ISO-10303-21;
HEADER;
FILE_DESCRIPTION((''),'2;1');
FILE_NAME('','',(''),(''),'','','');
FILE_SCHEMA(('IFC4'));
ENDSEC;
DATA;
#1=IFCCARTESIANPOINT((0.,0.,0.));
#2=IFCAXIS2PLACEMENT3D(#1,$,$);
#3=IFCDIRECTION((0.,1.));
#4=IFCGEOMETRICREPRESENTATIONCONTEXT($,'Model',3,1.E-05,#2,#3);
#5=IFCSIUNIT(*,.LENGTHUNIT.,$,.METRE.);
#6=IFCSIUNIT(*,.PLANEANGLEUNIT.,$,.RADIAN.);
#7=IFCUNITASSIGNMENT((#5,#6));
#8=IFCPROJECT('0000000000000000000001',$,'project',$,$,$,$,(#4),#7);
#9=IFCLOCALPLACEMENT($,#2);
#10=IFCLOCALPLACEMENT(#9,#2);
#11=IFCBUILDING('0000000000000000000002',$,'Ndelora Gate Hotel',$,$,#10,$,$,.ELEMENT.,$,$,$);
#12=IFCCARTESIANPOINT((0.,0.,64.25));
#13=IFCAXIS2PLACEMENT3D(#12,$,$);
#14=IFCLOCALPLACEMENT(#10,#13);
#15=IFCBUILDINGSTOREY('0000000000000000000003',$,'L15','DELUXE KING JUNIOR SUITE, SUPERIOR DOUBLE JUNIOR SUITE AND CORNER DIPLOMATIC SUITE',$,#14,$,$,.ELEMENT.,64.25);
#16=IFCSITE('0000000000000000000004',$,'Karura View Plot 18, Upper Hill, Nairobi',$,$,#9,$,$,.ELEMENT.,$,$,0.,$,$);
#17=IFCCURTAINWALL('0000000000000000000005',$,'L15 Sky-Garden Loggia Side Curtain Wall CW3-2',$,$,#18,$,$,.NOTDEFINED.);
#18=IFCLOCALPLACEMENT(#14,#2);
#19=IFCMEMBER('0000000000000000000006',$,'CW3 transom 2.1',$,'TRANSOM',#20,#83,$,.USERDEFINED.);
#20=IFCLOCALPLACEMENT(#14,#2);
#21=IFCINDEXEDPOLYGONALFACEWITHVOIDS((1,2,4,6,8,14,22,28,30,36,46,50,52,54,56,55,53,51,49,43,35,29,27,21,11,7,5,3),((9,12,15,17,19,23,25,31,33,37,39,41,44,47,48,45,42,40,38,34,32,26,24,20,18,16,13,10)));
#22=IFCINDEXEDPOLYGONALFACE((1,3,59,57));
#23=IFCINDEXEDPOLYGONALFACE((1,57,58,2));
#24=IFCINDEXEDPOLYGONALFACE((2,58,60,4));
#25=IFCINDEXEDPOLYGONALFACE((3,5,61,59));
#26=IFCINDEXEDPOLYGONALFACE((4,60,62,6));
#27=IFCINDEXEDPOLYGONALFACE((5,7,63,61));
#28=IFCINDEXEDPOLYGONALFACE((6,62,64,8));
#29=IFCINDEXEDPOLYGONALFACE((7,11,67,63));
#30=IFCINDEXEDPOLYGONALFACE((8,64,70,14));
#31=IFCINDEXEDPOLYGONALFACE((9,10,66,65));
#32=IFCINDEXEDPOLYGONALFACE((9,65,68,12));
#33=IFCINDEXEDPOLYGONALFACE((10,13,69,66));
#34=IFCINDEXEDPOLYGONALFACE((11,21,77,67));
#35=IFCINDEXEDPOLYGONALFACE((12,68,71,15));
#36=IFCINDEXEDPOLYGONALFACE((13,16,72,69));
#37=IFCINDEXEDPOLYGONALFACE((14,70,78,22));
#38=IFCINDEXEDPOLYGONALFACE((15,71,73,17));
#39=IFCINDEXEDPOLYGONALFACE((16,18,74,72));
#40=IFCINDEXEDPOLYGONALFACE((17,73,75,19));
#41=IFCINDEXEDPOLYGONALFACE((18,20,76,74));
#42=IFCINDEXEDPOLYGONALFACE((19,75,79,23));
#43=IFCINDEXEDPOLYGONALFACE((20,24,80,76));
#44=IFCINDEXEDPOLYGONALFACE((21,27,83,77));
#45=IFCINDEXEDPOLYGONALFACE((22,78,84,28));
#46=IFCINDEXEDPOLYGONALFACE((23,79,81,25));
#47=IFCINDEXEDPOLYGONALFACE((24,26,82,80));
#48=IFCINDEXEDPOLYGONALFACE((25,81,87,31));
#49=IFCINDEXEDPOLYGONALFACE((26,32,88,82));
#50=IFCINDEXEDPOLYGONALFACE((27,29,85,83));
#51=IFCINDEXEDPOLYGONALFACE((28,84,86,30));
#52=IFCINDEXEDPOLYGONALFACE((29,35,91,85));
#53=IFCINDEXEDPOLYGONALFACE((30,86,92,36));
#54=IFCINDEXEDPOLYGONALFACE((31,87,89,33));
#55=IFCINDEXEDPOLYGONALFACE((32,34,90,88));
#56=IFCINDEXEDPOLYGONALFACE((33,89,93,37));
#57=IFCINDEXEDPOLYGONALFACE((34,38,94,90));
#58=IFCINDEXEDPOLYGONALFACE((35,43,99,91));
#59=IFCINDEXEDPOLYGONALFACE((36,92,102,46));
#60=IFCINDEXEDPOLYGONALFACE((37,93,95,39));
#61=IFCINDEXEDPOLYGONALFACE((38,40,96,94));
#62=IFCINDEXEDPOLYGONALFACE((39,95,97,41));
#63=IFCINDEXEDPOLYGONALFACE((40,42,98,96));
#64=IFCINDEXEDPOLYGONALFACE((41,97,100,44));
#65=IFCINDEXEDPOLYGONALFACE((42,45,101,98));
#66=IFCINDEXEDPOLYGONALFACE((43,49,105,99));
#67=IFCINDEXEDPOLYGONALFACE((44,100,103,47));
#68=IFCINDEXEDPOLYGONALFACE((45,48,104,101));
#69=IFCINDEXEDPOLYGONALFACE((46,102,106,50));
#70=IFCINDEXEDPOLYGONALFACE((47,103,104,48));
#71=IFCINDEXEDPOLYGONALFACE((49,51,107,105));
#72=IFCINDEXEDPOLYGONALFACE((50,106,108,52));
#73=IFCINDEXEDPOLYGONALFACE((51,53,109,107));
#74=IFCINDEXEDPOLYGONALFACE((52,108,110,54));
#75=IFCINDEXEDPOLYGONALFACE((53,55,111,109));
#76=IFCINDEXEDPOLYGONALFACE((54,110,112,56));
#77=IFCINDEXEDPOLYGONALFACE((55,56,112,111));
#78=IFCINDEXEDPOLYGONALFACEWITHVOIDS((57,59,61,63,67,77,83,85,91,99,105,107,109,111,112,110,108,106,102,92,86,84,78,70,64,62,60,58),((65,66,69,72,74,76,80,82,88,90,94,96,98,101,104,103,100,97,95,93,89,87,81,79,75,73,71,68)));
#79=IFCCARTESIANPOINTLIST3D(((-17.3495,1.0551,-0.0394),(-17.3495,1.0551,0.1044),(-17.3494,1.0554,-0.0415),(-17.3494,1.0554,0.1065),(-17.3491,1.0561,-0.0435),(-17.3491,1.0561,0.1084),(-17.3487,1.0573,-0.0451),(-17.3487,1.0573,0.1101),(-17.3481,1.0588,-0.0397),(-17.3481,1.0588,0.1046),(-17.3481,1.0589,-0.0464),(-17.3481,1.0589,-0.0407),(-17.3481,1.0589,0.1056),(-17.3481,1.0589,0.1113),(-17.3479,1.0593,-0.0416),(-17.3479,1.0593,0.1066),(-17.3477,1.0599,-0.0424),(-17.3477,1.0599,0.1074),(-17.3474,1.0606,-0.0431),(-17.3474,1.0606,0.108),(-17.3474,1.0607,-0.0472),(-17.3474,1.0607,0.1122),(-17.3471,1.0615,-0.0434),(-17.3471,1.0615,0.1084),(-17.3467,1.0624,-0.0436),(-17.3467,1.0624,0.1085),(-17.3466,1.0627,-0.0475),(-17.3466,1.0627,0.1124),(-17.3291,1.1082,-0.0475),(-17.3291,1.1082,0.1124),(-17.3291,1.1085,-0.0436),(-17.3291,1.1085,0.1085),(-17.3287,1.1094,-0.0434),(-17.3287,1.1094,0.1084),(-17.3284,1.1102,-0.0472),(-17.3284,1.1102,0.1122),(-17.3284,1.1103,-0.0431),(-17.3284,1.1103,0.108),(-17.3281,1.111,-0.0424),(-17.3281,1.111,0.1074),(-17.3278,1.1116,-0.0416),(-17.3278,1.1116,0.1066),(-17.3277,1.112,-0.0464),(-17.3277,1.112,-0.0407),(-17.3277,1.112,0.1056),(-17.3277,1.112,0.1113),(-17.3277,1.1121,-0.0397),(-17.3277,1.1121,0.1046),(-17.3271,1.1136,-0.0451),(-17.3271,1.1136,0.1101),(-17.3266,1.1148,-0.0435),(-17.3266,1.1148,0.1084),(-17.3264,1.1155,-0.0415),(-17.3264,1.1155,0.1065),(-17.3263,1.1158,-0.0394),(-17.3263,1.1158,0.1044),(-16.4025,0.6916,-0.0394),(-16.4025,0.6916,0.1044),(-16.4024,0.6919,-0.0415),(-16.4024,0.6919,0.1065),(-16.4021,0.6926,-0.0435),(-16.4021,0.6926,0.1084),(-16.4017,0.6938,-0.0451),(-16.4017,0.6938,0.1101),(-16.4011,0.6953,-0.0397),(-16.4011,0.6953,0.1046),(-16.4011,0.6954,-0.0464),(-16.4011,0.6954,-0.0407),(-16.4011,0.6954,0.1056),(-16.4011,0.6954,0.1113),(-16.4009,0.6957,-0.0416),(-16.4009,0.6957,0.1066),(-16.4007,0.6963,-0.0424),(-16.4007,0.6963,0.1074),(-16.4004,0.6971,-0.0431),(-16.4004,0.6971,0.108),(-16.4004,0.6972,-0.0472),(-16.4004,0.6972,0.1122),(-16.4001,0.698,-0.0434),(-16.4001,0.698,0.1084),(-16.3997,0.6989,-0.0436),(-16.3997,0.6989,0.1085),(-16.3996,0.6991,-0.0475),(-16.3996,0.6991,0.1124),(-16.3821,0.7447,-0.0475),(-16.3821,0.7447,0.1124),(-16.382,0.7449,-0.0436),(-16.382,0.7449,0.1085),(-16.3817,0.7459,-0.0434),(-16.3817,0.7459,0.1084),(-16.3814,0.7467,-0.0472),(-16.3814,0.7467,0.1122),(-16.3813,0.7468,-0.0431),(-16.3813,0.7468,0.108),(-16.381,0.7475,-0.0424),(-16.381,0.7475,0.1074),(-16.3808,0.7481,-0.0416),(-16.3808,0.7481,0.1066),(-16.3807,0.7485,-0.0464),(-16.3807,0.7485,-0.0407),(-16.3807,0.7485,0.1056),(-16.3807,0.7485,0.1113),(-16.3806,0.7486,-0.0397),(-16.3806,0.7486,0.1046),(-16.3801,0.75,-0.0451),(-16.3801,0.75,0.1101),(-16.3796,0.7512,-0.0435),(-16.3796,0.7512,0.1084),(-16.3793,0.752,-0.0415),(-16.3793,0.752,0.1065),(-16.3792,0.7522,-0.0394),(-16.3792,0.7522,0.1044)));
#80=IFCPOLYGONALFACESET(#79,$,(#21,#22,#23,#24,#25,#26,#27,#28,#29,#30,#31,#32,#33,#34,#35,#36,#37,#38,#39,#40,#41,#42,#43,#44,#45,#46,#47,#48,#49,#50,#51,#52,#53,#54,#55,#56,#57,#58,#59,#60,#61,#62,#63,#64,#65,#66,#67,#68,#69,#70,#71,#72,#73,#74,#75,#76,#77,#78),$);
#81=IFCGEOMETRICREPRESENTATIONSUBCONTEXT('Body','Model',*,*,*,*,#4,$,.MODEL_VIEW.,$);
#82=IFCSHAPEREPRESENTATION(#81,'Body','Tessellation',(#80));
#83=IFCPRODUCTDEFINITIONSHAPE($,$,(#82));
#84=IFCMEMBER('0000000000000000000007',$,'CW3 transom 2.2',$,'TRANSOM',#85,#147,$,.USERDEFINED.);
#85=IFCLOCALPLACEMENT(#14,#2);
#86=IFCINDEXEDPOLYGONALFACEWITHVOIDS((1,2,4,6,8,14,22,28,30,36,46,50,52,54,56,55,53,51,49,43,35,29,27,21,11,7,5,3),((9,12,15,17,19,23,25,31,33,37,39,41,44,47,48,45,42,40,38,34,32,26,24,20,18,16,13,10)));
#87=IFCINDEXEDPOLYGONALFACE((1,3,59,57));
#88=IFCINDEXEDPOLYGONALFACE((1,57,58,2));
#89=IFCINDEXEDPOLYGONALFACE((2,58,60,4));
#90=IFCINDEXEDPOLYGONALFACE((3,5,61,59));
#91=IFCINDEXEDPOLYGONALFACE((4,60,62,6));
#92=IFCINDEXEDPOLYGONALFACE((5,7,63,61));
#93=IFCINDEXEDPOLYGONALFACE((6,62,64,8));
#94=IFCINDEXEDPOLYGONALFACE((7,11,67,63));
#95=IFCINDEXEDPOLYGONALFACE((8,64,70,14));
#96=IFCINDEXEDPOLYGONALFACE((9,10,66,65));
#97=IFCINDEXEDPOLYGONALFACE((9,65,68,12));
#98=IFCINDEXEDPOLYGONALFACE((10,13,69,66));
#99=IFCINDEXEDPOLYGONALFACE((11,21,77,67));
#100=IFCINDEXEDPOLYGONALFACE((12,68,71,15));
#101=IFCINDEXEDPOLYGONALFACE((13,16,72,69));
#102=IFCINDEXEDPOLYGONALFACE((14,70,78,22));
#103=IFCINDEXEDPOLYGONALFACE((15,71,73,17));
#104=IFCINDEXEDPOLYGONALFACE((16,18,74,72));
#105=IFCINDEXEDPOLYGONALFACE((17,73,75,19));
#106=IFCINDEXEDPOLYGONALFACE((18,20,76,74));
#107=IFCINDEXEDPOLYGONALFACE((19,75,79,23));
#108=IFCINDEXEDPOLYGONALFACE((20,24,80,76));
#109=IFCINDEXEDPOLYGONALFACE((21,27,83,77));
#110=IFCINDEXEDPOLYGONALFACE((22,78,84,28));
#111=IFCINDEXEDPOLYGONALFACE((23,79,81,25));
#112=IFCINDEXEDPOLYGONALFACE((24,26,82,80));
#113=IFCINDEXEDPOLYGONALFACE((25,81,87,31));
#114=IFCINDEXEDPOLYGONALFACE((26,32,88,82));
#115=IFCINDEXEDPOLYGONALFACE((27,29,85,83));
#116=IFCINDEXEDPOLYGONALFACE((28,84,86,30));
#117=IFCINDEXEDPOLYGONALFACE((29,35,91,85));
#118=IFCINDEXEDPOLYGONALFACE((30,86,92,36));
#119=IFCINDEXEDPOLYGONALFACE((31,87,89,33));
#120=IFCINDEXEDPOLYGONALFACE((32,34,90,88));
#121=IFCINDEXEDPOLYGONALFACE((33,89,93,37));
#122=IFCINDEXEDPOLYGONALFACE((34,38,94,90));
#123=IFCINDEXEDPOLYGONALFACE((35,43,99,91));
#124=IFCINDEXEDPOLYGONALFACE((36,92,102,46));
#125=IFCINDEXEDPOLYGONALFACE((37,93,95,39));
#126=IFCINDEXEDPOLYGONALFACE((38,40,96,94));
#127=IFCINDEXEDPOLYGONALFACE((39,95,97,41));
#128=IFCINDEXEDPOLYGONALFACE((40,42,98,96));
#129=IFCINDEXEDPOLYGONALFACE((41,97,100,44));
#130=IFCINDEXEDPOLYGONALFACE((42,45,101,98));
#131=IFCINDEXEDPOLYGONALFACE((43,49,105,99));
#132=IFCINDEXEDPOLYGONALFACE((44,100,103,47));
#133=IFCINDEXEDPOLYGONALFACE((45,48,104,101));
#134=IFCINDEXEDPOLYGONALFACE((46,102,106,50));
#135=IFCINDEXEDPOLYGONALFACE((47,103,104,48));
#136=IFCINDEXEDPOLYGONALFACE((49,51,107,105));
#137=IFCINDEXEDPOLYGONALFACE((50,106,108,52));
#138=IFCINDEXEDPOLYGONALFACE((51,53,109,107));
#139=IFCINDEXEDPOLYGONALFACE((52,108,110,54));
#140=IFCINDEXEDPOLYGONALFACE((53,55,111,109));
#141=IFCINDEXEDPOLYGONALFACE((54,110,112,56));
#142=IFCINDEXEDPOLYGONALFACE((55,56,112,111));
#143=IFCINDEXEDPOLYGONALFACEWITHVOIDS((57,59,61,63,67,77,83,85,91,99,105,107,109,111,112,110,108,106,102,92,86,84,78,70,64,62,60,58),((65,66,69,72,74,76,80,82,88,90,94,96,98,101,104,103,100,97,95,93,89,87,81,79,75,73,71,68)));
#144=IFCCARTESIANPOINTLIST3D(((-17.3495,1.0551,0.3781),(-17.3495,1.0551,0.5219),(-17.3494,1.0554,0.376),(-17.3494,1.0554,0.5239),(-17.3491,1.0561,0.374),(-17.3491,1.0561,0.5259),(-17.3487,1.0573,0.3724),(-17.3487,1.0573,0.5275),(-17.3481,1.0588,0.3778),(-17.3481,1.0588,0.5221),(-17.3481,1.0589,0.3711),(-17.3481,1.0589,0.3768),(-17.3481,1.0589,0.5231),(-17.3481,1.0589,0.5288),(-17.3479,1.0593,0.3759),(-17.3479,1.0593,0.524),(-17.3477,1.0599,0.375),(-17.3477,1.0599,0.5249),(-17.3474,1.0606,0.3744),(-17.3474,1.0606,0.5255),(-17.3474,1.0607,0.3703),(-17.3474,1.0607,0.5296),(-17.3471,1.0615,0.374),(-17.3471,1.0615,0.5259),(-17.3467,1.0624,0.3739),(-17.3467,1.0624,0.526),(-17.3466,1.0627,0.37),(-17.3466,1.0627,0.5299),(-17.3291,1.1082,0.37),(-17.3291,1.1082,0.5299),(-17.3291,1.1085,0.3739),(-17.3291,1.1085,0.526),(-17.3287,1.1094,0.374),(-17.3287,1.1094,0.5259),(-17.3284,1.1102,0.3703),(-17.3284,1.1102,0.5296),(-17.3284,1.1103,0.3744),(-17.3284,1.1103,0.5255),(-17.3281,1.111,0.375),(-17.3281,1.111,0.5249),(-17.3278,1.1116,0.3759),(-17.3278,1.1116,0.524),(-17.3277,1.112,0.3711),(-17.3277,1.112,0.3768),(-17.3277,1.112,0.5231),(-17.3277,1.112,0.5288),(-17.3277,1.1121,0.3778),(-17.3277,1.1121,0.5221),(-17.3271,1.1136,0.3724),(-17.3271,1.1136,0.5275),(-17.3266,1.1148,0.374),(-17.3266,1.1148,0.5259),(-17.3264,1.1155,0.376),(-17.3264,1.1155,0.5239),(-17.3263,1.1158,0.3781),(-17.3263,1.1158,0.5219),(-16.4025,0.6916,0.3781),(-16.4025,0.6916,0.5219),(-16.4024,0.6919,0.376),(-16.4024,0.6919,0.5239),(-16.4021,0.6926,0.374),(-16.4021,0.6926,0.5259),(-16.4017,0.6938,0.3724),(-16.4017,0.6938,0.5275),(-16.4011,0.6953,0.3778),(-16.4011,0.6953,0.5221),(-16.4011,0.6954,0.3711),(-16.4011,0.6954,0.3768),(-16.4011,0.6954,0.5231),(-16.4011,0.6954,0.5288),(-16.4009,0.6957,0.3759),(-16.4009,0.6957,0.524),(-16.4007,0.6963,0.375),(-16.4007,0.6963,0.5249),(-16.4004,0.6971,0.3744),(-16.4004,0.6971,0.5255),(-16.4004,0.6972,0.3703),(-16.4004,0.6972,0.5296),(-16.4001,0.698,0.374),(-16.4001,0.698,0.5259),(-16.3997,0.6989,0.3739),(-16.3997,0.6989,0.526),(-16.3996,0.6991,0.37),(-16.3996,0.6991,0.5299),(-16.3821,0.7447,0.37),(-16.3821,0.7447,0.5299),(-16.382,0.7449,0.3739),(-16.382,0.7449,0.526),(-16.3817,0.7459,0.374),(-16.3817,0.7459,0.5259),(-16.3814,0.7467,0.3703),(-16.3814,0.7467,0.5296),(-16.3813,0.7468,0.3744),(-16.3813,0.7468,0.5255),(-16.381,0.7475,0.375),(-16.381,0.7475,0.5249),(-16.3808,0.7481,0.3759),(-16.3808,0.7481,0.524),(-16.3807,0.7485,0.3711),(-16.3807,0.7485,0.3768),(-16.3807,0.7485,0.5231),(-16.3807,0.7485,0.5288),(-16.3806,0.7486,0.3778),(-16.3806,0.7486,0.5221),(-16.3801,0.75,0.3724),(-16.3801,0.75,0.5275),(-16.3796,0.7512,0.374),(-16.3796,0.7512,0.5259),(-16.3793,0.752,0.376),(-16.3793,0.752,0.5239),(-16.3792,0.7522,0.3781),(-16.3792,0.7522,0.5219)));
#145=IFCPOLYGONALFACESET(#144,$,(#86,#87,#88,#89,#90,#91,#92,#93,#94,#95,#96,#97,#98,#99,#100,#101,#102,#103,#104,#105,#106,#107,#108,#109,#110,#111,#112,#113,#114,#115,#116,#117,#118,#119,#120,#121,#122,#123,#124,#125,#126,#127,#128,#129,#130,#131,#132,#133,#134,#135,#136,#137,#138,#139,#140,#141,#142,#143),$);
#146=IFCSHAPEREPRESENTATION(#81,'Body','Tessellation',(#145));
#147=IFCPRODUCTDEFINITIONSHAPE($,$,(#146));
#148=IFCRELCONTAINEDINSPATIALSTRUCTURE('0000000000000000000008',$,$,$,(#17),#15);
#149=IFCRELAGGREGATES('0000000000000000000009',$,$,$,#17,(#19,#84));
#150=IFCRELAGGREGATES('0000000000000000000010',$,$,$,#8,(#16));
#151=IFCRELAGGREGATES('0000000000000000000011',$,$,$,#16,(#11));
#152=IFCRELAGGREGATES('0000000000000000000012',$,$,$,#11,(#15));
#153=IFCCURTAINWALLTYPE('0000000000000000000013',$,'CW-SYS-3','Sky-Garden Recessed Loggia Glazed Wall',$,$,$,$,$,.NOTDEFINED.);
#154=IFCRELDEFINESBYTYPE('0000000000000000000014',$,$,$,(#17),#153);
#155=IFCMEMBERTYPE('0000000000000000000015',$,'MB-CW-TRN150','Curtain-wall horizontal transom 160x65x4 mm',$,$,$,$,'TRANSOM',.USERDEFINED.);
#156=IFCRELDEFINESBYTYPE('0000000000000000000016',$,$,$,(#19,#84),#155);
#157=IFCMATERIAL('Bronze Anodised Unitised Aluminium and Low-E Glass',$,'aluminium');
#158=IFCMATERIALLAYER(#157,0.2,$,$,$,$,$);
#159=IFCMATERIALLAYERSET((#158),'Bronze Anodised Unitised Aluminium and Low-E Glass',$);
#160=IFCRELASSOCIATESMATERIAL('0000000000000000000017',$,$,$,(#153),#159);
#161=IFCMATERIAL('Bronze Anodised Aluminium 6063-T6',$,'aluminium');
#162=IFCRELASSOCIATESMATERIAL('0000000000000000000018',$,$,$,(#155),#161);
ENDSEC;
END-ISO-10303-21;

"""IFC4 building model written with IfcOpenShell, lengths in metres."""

from ifc_helpers import new_model, si_unit, direction, frame, origin, origin_2d, place, context, subcontext, project, spatial, hollow_rectangle, extrude, material, layer, layer_set, material_profile, profile_set, type_object, element, aggregate, save


model = new_model("IFC4")

# Units and contexts
model_context = context("Model", 3, precision=1e-05, world=origin(), true_north=direction((0.0, 1.0)))
body_context = subcontext(model_context, "Body", "Model", "MODEL_VIEW")
ifc_project = project(units=[si_unit("LENGTHUNIT", "METRE"), si_unit("PLANEANGLEUNIT", "RADIAN")], contexts=[model_context])

# Site, building, storey
site_placement = place(None, origin())
site = spatial("IfcSite", under=ifc_project, at=site_placement, Name="Karura View Plot 18, Upper Hill, Nairobi", CompositionType="ELEMENT", RefElevation=0.0)
building_placement = place(site_placement, origin())
building = spatial("IfcBuilding", under=site, at=building_placement, Name="Ndelora Gate Hotel", CompositionType="ELEMENT")
storey_placement = place(building_placement, frame((0.0, 0.0, 64.25)))
storey = spatial("IfcBuildingStorey", under=building, at=storey_placement, Name="L15", Description="DELUXE KING JUNIOR SUITE, SUPERIOR DOUBLE JUNIOR SUITE AND CORNER DIPLOMATIC SUITE", CompositionType="ELEMENT", Elevation=64.25)

# Curtain wall, members
ifc_material_1 = material(Name="Bronze Anodised Unitised Aluminium and Low-E Glass", Category="aluminium")
ifc_layer_1 = layer(ifc_material_1, 0.2)
ifc_layer_set_1 = layer_set([ifc_layer_1], Name="Bronze Anodised Unitised Aluminium and Low-E Glass")
curtain_wall_type = type_object("IfcCurtainWallType", Name="CW-SYS-3", Description="Sky-Garden Recessed Loggia Glazed Wall", PredefinedType="NOTDEFINED", material=ifc_layer_set_1)
curtain_wall_placement = place(storey_placement, origin())
curtain_wall = element("IfcCurtainWall", 1, at=curtain_wall_placement, inside=storey, type_object=curtain_wall_type, Name="L15 Sky-Garden Loggia Side Curtain Wall CW3-2", PredefinedType="NOTDEFINED")
ifc_material_2 = material(Name="Bronze Anodised Aluminium 6063-T6", Category="aluminium")
ifc_material_profile_1 = material_profile(ifc_material_2, hollow_rectangle(XDim=0.0649, YDim=0.1599, WallThickness=0.0039, InnerFilletRadius=0.0039, OuterFilletRadius=0.0081, at=origin_2d()), Name="ALU 160x65x4")
ifc_profile_set_1 = profile_set([ifc_material_profile_1], Name="Bronze Anodised Aluminium 6063-T6")
member_type_1 = type_object("IfcMemberType", Name="MB-CW-TRN150", Description="Curtain-wall horizontal transom 160x65x4 mm", ElementType="TRANSOM", PredefinedType="USERDEFINED", material=ifc_profile_set_1)
member_1_placement = place(storey_placement, frame((-17.3379, 1.0854, 0.0325), z_axis=(0.933581, -0.358366, 0.0), x_axis=(0.358366, 0.933581, 0.0)))
member_1 = element("IfcMember", 2, at=member_1_placement, type_object=member_type_1, Name="CW3 transom 2.1", ObjectType="TRANSOM", PredefinedType="USERDEFINED", context=body_context, shape_type="SweptSolid", body=[
    extrude(hollow_rectangle(XDim=0.0649, YDim=0.1599, WallThickness=0.0039, InnerFilletRadius=0.0039, OuterFilletRadius=0.0081, at=origin_2d()), origin(), (0.0, 0.0, 1.0), 1.0144),
])
member_2_placement = place(storey_placement, frame((-17.3379, 1.0854, 0.45), z_axis=(0.933581, -0.358366, 0.0), x_axis=(0.358366, 0.933581, 0.0)))
member_2 = element("IfcMember", 3, at=member_2_placement, type_object=member_type_1, Name="CW3 transom 2.2", ObjectType="TRANSOM", PredefinedType="USERDEFINED", context=body_context, shape_type="SweptSolid", body=[
    extrude(hollow_rectangle(XDim=0.0649, YDim=0.1599, WallThickness=0.0039, InnerFilletRadius=0.0039, OuterFilletRadius=0.0081, at=origin_2d()), origin(), (0.0, 0.0, 1.0), 1.0144),
])
aggregate(curtain_wall, [member_1, member_2])

save(model, "model.ifc")
